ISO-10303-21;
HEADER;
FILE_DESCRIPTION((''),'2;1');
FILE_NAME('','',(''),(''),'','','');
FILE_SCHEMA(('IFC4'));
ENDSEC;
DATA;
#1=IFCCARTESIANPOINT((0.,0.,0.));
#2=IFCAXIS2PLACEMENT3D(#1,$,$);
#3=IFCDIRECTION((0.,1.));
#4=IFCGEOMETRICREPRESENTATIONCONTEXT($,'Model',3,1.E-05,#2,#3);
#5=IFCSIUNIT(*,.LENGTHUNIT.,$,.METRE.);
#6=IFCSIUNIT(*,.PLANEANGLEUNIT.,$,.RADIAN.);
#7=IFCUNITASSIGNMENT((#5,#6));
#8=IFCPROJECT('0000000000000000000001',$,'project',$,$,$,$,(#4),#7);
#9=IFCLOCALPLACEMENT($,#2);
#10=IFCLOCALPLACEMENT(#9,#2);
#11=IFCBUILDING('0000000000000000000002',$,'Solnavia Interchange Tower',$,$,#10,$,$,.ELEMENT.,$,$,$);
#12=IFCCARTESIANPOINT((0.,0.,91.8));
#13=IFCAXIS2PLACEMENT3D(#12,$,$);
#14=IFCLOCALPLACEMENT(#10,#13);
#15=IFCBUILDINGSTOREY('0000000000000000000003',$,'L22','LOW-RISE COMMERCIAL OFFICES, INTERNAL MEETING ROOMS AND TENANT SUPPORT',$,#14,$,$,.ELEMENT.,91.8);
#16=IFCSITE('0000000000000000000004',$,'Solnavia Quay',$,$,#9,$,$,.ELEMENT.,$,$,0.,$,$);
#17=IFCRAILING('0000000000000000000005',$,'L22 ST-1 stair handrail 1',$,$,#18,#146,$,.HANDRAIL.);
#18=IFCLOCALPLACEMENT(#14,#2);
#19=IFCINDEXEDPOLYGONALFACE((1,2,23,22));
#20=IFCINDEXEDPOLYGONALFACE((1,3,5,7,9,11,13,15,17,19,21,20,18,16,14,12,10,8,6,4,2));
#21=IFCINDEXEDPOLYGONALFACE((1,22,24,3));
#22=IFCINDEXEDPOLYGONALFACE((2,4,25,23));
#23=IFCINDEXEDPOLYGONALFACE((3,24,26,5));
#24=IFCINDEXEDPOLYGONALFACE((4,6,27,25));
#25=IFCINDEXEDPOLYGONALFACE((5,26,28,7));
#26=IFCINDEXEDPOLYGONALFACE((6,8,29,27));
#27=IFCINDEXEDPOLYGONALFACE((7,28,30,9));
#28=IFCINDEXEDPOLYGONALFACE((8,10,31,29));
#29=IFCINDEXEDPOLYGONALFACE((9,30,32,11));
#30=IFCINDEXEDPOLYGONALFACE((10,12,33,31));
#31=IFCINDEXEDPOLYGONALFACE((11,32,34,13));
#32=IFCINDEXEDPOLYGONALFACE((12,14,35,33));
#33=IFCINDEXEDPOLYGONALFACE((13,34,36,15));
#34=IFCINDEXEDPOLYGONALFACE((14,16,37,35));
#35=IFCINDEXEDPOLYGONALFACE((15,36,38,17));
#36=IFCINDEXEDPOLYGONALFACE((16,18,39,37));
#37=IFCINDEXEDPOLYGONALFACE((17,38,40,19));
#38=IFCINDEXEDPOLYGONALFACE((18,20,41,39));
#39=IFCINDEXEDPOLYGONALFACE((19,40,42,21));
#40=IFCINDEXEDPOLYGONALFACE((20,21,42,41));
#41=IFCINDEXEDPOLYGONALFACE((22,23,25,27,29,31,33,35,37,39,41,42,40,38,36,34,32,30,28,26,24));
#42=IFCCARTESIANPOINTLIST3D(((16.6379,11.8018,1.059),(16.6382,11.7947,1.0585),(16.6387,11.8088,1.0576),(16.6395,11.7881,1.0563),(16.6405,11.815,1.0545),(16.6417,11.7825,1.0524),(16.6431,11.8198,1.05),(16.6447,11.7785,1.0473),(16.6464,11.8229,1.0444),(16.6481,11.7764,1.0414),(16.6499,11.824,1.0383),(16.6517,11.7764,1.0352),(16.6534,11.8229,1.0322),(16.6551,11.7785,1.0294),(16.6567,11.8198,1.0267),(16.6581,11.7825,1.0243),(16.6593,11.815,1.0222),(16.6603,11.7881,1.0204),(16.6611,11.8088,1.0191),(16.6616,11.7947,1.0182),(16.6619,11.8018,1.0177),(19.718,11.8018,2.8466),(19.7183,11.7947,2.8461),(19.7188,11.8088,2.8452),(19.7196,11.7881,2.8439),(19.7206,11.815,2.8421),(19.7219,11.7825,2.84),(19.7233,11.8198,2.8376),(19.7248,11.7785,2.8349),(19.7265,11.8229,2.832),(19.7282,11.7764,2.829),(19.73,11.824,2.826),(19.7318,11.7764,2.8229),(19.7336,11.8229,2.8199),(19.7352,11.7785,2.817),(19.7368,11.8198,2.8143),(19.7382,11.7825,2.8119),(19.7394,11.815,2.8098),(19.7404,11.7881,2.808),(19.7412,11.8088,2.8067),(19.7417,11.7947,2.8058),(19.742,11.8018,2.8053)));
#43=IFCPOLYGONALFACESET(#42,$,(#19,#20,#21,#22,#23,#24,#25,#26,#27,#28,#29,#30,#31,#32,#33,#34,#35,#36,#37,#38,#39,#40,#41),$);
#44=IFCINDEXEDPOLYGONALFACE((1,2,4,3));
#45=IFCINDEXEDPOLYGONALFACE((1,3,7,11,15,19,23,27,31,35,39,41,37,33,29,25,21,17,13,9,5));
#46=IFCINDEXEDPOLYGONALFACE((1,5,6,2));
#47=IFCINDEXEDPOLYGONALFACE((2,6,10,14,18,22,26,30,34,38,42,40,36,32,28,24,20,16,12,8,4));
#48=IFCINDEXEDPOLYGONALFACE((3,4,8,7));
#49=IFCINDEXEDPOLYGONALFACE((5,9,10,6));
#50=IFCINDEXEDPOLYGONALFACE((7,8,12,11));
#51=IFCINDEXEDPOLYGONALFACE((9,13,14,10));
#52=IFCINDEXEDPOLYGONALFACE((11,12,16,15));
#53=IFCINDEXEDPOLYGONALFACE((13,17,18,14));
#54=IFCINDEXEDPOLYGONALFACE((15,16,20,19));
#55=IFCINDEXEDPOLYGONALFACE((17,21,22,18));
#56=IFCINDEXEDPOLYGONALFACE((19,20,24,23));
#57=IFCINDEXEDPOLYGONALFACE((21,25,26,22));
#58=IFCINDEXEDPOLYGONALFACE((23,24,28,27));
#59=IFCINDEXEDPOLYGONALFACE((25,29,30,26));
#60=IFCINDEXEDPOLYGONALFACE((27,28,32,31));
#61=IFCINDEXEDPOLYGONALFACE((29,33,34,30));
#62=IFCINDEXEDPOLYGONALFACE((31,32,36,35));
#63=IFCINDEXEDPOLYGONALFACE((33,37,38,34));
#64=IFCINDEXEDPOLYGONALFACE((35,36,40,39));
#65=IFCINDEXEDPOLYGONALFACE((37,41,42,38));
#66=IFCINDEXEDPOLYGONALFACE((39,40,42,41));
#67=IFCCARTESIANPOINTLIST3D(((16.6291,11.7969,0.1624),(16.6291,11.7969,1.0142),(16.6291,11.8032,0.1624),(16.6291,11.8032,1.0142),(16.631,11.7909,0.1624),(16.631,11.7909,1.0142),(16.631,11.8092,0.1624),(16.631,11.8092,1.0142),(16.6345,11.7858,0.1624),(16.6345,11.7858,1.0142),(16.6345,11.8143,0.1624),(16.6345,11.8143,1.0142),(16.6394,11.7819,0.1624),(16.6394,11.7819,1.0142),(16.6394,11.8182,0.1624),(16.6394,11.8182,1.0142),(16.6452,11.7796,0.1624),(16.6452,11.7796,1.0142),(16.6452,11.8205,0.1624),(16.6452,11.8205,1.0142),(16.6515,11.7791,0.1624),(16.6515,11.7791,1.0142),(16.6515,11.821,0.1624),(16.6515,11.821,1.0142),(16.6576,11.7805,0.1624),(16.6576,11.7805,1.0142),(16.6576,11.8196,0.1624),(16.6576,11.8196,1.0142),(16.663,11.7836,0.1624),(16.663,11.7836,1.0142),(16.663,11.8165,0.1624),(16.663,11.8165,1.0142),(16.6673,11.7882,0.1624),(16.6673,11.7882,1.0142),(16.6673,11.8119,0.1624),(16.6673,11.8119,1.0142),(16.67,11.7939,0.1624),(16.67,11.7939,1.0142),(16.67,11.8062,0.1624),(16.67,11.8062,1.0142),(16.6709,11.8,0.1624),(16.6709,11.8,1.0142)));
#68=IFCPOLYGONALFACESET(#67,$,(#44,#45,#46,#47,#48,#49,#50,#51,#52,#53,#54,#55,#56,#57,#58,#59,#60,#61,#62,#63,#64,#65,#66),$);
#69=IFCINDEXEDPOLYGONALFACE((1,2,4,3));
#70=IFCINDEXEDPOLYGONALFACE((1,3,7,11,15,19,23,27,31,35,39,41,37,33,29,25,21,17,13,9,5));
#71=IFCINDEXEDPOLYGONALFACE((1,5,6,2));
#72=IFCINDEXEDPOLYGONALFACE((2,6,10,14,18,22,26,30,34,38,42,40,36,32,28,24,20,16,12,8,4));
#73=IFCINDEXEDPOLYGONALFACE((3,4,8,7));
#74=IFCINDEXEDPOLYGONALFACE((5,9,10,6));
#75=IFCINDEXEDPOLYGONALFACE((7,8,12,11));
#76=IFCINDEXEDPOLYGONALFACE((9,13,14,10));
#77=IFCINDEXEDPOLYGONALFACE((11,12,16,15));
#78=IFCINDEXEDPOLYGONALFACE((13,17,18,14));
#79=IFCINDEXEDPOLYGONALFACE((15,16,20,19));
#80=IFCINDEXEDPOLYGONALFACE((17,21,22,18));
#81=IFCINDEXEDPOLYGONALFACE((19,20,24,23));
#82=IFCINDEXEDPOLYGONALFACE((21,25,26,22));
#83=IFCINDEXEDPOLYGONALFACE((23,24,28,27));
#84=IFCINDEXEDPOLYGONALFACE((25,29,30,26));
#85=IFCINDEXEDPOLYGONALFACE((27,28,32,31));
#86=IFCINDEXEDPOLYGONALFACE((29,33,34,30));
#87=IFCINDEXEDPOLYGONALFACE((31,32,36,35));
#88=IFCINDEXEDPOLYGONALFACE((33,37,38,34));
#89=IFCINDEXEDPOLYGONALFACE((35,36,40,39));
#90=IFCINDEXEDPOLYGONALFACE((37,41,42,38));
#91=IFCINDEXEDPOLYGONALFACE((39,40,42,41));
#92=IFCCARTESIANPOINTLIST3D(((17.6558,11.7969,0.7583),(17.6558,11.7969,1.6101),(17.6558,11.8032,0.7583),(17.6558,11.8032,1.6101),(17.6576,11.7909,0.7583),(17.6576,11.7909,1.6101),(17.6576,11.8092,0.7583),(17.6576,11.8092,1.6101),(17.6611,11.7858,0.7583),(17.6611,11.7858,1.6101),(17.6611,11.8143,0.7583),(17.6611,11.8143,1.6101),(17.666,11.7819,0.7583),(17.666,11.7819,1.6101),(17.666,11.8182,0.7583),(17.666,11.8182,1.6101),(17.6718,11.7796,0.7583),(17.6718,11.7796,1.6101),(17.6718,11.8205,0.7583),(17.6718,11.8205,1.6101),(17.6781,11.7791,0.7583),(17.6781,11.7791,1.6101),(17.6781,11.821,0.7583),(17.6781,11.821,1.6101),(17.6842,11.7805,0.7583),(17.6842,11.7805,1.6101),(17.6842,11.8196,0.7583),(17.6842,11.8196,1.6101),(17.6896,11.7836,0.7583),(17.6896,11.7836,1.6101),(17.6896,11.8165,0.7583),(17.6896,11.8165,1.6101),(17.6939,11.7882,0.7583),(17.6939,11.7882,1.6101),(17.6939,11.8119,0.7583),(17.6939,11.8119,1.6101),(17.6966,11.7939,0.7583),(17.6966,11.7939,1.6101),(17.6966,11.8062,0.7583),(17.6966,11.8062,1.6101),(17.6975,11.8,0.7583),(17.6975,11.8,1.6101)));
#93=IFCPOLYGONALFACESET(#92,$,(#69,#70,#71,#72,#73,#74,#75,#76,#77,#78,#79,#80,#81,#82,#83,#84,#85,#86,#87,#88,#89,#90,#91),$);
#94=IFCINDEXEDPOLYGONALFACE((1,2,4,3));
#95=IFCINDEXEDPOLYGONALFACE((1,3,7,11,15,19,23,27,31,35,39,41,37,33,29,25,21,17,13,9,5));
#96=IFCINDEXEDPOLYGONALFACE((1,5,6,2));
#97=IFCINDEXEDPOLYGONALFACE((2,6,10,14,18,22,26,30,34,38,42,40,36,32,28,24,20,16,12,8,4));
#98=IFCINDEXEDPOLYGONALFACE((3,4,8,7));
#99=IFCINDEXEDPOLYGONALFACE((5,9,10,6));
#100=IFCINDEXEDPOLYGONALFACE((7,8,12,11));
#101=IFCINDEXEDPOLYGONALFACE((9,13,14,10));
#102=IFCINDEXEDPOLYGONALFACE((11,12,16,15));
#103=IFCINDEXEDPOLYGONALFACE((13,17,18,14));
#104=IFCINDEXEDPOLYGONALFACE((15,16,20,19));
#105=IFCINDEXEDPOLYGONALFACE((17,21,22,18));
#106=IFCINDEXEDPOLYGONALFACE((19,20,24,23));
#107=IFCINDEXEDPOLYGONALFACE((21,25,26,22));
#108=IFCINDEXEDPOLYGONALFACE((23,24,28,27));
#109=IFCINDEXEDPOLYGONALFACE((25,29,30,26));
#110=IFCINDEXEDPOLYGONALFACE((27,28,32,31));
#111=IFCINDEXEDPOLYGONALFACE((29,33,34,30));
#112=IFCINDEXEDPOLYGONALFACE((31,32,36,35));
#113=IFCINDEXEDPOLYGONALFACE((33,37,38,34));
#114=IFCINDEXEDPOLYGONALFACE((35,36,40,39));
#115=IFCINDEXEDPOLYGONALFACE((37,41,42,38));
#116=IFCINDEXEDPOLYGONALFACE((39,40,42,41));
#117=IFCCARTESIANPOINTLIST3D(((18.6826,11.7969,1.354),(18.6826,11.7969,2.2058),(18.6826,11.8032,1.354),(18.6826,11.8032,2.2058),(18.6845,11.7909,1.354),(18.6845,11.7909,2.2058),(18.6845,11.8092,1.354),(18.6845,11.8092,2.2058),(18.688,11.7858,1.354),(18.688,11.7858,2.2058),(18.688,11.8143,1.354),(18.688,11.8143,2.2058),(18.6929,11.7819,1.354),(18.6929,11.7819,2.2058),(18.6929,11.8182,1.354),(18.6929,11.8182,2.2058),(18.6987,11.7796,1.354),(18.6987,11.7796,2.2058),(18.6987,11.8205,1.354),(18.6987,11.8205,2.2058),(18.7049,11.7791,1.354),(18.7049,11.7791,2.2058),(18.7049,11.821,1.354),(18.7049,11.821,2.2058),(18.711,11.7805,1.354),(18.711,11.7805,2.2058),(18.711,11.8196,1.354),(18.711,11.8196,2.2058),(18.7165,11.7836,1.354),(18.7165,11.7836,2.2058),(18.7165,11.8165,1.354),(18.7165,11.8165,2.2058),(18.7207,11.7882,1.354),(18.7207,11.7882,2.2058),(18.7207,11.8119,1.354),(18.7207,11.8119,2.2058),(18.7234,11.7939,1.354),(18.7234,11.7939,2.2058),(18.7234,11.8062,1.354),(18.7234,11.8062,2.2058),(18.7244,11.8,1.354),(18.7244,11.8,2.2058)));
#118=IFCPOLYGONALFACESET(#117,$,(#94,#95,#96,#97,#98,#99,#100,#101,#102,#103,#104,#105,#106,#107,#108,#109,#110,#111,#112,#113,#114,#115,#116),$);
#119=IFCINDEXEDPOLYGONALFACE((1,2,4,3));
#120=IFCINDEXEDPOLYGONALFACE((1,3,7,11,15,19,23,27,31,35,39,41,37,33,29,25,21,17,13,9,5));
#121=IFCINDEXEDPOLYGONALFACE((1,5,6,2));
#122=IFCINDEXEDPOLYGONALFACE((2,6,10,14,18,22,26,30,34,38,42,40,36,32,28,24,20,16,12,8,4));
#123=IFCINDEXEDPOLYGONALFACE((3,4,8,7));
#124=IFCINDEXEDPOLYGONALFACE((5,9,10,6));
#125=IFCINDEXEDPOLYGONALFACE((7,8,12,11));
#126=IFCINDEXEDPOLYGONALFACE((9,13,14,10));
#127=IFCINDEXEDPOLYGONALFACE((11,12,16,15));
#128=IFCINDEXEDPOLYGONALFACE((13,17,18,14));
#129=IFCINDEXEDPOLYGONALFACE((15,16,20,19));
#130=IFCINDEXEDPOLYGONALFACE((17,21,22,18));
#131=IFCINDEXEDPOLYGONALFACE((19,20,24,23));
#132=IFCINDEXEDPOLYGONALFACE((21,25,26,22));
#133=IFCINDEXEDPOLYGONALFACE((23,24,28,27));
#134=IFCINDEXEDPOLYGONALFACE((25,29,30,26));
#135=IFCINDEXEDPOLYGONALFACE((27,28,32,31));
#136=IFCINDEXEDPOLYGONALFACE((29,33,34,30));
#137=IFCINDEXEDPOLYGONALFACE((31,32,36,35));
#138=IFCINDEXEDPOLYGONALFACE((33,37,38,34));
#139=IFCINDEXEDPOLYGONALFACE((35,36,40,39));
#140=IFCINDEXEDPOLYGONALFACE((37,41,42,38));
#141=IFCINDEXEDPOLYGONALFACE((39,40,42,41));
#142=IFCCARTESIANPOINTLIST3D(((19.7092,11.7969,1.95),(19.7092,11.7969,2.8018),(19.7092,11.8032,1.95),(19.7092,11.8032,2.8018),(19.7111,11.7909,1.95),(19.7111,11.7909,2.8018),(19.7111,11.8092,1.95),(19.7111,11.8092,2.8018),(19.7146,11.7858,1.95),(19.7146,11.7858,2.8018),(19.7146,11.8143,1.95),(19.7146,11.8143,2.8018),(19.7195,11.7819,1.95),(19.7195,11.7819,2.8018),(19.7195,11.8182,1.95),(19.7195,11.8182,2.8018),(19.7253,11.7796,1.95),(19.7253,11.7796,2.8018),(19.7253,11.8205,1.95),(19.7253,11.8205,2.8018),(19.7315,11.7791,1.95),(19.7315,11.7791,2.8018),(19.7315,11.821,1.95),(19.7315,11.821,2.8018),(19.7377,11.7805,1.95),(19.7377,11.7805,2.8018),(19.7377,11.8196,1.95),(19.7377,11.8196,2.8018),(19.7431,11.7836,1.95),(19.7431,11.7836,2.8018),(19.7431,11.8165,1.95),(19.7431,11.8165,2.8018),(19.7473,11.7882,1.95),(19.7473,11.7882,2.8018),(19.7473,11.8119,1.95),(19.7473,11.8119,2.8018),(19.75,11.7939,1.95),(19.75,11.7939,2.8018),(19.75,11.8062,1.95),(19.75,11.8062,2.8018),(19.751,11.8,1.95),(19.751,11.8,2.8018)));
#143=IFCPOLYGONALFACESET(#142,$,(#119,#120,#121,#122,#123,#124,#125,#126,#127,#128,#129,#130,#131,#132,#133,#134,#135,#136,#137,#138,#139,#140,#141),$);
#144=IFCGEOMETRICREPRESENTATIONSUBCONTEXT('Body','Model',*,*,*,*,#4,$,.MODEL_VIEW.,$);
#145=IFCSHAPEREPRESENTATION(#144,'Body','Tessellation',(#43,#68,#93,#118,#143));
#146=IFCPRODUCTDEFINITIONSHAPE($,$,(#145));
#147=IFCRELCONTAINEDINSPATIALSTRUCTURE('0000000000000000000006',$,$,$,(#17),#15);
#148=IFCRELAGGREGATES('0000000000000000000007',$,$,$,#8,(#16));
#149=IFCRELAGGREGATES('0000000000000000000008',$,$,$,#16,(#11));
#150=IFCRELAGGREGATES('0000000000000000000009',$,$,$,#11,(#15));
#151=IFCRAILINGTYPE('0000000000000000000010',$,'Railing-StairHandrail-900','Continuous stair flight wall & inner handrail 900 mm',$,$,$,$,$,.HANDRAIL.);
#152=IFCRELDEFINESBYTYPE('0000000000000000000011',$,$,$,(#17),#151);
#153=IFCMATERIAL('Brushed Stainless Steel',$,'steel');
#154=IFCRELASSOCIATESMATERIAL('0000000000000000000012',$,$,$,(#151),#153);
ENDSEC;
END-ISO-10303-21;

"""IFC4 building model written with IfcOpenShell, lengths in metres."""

from ifc_helpers import new_model, si_unit, direction, frame, origin, origin_2d, place, context, subcontext, project, spatial, circle, extrude, material, type_object, element, save


model = new_model("IFC4")

# Units and contexts
model_context = context("Model", 3, precision=1e-05, world=origin(), true_north=direction((0.0, 1.0)))
body_context = subcontext(model_context, "Body", "Model", "MODEL_VIEW")
ifc_project = project(units=[si_unit("LENGTHUNIT", "METRE"), si_unit("PLANEANGLEUNIT", "RADIAN")], contexts=[model_context])

# Site, building, storey
site_placement = place(None, origin())
site = spatial("IfcSite", under=ifc_project, at=site_placement, Name="Solnavia Quay", CompositionType="ELEMENT", RefElevation=0.0)
building_placement = place(site_placement, origin())
building = spatial("IfcBuilding", under=site, at=building_placement, Name="Solnavia Interchange Tower", CompositionType="ELEMENT")
storey_placement = place(building_placement, frame((0.0, 0.0, 91.8)))
storey = spatial("IfcBuildingStorey", under=building, at=storey_placement, Name="L22", Description="LOW-RISE COMMERCIAL OFFICES, INTERNAL MEETING ROOMS AND TENANT SUPPORT", CompositionType="ELEMENT", Elevation=91.8)

# Railing
ifc_material_1 = material(Name="Brushed Stainless Steel", Category="steel")
railing_type = type_object("IfcRailingType", Name="Railing-StairHandrail-900", Description="Continuous stair flight wall & inner handrail 900 mm", PredefinedType="HANDRAIL", material=ifc_material_1)
railing_placement = place(storey_placement, frame((16.6499, 11.8, 0.1624)))
element("IfcRailing", 1, at=railing_placement, inside=storey, type_object=railing_type, Name="L22 ST-1 stair handrail 1", PredefinedType="HANDRAIL", context=body_context, shape_type="SweptSolid", body=[
    extrude(circle(Radius=0.0239, at=origin_2d()), frame((0.0, 0.0, 0.876), z_axis=(0.864891, 0.0, 0.50196), x_axis=(0.0, 1.0, 0.0)), (0.0, 0.0, 1.0), 3.5613),
    extrude(circle(Radius=0.021, at=origin_2d()), origin(), (0.0, 0.0, 1.0), 0.8518),
    extrude(circle(Radius=0.021, at=origin_2d()), frame((1.0266, 0.0, 0.5959)), (0.0, 0.0, 1.0), 0.8518),
    extrude(circle(Radius=0.021, at=origin_2d()), frame((2.0535, 0.0, 1.1917)), (0.0, 0.0, 1.0), 0.8518),
    extrude(circle(Radius=0.021, at=origin_2d()), frame((3.0801, 0.0, 1.7876)), (0.0, 0.0, 1.0), 0.8518),
])

save(model, "model.ifc")
